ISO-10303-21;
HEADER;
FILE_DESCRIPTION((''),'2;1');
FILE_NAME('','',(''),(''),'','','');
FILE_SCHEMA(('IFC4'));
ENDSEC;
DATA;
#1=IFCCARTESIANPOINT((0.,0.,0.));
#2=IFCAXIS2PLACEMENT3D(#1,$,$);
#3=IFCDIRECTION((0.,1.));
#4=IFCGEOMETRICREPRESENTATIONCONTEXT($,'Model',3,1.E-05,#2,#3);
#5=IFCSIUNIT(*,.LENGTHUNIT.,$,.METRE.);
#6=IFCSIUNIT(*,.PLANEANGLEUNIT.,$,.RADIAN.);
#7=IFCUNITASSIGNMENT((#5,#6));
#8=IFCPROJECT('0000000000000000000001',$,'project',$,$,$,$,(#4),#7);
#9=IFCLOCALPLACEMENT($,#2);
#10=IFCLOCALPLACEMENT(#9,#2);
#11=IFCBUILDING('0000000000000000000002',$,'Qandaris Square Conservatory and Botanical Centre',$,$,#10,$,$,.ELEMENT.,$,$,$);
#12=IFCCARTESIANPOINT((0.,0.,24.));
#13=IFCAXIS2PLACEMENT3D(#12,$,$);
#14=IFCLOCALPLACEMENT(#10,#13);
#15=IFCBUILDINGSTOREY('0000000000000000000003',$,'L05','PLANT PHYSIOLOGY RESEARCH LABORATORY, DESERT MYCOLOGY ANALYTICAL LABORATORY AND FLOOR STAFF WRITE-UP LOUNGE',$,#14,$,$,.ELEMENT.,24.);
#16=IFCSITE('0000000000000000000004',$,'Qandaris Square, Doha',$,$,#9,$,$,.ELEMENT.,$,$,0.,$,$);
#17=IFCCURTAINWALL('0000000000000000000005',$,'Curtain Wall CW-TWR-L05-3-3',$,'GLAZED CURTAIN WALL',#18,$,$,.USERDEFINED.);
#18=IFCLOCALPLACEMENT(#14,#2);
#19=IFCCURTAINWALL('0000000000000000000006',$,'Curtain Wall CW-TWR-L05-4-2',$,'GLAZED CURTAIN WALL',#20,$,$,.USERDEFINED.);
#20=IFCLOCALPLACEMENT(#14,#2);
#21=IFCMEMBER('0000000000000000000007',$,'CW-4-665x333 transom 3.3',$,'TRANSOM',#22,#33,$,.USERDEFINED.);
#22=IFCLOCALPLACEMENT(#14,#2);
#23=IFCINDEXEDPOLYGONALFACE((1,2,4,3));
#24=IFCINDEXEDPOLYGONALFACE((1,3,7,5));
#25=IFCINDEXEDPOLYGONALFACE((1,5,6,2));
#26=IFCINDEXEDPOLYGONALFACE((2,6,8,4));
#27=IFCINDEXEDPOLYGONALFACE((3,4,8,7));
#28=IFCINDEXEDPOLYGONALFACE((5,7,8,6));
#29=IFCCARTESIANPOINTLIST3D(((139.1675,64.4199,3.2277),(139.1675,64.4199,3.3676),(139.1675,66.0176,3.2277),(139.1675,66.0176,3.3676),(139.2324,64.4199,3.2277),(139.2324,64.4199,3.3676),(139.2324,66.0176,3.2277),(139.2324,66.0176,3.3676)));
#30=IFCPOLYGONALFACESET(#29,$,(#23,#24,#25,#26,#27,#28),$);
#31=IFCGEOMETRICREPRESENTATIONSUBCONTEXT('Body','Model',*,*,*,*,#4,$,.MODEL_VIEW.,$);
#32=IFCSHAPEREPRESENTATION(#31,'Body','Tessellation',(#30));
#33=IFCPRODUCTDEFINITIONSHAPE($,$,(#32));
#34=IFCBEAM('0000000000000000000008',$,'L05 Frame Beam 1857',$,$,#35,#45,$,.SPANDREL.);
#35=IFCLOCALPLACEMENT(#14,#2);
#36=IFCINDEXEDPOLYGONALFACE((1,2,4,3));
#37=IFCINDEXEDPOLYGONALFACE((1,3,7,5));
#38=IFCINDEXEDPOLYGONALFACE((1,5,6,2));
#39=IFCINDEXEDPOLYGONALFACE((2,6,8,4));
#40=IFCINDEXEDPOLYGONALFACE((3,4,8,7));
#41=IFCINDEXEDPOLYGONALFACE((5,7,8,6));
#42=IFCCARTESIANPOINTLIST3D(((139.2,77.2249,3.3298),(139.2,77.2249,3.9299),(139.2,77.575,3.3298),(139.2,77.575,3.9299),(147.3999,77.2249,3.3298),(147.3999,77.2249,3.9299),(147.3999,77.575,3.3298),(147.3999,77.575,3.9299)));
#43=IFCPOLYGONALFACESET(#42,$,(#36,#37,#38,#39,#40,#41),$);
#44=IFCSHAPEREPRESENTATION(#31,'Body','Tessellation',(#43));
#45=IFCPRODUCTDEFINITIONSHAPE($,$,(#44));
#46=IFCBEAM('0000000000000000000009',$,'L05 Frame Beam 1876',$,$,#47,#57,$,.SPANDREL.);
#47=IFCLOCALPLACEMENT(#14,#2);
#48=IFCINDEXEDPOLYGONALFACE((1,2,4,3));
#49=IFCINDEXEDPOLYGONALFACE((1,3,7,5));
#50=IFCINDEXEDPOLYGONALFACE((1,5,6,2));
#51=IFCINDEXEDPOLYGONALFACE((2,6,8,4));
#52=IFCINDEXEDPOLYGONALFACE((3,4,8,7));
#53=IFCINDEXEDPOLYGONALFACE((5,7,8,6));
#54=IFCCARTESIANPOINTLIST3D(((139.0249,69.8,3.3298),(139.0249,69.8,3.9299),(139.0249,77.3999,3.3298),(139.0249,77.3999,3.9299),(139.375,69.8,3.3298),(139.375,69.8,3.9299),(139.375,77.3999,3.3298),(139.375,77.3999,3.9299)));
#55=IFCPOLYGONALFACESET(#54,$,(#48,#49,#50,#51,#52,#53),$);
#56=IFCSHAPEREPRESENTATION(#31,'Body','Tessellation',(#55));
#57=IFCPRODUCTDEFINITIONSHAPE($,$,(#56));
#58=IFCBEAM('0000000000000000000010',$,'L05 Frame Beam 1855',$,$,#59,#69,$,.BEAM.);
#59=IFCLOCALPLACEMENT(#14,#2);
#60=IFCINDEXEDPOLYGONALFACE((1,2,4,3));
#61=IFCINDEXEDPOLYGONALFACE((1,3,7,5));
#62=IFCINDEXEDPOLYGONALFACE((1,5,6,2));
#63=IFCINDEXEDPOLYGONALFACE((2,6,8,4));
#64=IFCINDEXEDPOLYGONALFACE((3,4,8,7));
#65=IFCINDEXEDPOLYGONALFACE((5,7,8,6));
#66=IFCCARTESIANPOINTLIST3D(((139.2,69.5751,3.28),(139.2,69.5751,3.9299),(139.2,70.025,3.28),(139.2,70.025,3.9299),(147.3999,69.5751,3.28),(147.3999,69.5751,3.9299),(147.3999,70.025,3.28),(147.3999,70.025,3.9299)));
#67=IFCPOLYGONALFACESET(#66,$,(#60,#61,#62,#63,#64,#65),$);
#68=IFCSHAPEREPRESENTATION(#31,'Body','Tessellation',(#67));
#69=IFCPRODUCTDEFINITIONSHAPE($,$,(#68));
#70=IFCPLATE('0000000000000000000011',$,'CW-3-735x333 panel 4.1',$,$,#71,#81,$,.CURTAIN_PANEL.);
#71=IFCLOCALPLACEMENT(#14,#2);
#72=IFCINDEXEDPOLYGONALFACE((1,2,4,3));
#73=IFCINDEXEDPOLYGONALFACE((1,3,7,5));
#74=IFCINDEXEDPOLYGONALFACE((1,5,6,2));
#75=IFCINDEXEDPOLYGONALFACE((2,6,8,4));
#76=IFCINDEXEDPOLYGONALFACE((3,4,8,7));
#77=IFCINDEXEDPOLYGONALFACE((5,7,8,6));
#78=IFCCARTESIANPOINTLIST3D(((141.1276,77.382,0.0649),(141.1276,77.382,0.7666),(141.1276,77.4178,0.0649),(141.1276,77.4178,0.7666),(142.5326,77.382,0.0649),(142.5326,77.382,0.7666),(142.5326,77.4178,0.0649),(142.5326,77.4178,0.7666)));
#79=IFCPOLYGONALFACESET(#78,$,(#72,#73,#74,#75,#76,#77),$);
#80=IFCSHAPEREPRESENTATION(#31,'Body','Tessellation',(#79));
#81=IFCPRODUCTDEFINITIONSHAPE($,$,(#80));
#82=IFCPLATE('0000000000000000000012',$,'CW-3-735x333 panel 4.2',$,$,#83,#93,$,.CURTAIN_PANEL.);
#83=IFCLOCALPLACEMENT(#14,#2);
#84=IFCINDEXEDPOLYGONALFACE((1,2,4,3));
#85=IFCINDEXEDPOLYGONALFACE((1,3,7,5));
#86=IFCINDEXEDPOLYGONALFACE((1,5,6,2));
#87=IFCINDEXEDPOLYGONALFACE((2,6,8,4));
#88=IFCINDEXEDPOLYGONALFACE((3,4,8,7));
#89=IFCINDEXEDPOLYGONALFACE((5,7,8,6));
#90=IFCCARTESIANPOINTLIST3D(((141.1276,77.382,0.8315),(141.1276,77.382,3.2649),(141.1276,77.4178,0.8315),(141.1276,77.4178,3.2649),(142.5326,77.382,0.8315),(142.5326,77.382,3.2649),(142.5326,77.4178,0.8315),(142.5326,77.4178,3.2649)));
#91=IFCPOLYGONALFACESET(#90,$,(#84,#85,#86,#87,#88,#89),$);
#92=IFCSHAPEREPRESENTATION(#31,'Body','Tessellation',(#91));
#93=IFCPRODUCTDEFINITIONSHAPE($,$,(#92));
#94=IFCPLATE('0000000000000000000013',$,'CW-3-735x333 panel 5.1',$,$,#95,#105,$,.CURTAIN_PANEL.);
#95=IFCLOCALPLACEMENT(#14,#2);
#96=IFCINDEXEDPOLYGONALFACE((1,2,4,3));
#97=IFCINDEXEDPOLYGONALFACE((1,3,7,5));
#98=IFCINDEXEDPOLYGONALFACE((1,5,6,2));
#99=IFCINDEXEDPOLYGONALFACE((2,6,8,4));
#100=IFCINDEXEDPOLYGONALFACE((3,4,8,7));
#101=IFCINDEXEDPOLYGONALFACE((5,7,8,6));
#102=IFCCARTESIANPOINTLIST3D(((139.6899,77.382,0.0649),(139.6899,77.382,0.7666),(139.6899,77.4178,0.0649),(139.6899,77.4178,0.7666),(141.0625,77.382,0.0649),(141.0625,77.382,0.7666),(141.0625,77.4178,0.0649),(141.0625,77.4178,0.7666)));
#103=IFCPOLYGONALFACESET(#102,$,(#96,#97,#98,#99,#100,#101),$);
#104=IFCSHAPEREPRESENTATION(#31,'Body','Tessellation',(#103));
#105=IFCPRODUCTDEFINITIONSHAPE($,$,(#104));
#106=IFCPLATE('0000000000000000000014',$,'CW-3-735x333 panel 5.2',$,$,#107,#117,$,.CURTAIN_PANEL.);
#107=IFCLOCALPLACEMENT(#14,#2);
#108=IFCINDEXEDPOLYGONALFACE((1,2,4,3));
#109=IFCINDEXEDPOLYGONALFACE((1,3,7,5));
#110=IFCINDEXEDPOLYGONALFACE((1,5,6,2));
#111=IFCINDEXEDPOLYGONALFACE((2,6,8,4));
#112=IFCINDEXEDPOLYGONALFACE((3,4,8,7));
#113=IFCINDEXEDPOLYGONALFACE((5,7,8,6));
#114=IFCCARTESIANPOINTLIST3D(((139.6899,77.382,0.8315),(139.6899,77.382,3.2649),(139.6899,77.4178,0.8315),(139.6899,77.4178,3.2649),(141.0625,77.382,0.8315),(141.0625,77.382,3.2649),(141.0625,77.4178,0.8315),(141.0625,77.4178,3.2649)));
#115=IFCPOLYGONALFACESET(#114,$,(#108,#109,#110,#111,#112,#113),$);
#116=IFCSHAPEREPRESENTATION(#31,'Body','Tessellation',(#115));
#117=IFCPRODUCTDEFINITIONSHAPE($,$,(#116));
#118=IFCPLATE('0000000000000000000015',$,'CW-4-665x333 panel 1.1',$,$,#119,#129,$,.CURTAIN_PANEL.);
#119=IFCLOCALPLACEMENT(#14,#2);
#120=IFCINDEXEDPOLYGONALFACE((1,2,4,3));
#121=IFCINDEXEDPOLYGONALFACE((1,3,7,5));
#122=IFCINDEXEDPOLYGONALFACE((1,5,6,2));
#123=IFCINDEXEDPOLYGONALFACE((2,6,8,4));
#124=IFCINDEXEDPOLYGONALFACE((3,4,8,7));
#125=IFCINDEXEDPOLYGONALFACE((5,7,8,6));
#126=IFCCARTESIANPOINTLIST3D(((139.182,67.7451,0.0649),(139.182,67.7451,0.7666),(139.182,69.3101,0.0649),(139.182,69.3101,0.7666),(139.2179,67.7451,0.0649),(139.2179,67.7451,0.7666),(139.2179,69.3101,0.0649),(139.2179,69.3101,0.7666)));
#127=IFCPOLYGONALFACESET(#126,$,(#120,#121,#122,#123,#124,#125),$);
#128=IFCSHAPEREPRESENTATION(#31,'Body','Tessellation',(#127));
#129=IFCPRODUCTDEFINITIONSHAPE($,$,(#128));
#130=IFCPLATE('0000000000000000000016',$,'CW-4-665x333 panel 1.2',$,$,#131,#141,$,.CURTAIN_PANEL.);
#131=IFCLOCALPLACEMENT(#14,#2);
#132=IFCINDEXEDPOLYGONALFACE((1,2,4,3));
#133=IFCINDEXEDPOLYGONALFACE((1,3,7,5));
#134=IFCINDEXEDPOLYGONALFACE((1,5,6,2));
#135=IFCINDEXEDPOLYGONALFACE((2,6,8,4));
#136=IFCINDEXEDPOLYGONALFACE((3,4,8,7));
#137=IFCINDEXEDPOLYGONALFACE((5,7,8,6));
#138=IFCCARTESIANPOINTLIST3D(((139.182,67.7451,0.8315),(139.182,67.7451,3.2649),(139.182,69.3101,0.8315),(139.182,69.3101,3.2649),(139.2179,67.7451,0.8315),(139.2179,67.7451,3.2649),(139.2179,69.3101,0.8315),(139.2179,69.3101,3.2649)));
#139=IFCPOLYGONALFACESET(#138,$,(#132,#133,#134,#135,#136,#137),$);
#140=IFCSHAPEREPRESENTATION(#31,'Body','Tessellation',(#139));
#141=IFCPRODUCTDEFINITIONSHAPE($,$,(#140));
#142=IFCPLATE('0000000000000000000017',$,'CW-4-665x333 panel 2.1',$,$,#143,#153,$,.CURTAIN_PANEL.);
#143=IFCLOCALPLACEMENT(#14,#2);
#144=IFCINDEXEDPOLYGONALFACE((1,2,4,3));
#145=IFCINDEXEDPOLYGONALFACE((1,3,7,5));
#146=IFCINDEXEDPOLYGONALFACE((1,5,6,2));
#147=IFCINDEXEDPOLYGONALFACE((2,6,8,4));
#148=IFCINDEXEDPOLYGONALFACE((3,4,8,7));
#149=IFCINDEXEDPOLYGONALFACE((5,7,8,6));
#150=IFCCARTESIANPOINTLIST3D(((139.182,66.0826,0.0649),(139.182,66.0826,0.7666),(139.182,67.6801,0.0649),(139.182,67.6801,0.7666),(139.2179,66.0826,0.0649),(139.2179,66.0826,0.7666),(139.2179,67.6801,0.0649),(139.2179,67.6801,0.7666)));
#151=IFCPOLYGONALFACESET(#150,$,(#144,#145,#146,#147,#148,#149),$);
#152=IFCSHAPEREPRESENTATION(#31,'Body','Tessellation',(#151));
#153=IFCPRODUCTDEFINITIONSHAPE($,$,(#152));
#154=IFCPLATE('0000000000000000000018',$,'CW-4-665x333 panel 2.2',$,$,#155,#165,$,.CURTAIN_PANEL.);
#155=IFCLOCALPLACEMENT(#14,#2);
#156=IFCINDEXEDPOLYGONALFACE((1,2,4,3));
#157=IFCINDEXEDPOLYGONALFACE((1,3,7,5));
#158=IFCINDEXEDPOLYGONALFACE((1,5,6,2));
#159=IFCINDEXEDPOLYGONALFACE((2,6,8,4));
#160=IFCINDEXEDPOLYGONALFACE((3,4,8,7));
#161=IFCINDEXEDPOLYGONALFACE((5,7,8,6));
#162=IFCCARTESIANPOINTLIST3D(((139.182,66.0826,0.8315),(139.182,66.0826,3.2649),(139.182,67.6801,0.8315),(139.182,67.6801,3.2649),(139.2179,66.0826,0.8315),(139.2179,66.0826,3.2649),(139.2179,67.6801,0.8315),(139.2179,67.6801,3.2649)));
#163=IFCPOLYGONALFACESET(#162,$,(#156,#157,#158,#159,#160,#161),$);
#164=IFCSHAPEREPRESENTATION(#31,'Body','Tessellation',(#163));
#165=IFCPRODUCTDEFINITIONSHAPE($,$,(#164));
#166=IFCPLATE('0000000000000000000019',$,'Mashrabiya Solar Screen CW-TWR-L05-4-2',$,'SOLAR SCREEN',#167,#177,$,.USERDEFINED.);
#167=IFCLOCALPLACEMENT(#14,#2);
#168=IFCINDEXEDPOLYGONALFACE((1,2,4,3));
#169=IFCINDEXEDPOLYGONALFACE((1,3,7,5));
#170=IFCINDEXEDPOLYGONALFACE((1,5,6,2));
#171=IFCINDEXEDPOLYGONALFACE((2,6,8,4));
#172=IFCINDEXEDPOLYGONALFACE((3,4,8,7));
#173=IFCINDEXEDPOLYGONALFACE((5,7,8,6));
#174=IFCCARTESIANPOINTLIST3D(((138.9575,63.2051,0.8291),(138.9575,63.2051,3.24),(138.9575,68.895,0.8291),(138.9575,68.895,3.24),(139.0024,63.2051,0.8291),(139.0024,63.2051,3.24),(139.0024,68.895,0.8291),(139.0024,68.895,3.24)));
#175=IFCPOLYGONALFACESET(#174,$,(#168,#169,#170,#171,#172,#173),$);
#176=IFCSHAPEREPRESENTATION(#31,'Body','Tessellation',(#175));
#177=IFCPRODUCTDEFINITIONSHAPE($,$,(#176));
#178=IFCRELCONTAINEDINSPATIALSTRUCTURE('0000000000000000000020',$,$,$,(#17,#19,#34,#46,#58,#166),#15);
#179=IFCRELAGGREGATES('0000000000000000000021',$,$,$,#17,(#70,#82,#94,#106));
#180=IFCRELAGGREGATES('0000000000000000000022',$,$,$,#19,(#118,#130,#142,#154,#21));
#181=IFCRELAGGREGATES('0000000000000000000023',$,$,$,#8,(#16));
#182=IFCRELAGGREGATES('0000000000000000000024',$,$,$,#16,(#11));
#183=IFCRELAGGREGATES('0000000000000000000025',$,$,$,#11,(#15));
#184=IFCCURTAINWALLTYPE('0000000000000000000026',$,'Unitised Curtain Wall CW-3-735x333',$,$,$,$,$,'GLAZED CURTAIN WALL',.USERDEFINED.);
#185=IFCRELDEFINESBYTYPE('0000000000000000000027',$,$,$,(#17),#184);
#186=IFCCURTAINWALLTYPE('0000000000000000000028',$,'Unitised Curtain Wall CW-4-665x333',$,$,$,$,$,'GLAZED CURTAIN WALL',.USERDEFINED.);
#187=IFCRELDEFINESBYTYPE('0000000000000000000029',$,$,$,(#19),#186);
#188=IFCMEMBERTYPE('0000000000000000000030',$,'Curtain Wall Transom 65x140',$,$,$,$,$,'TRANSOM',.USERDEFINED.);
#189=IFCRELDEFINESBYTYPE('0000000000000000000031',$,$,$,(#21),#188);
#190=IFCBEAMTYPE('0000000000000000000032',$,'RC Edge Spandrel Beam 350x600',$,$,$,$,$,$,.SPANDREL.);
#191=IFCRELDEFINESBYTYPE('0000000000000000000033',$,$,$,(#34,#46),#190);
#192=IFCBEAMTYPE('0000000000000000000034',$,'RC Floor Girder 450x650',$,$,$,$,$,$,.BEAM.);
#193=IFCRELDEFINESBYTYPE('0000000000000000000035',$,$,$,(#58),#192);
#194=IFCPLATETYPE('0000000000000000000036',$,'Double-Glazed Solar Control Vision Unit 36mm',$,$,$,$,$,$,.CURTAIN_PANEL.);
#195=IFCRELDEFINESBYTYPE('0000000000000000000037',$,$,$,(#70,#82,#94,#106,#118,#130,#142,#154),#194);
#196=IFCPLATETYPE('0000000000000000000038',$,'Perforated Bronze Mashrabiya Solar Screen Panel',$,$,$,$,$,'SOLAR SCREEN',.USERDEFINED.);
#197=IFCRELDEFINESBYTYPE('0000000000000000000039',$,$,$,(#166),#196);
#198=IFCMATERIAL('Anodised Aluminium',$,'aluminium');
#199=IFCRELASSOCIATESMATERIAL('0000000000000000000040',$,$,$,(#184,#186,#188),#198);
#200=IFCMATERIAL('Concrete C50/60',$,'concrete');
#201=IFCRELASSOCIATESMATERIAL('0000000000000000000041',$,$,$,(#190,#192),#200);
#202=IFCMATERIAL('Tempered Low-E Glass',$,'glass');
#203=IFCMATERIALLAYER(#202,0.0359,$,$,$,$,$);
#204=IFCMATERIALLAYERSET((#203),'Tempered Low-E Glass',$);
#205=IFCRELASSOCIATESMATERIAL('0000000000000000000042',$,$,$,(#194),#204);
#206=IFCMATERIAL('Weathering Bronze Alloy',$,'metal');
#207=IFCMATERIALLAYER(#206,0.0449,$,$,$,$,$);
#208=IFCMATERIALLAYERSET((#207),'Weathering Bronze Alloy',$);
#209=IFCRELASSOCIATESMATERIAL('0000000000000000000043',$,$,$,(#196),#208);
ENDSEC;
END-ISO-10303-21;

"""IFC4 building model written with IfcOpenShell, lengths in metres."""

from ifc_helpers import new_model, si_unit, direction, frame, origin, origin_2d, place, context, subcontext, project, spatial, rectangle, extrude, material, layer, layer_set, material_profile, profile_set, type_object, element, aggregate, save


model = new_model("IFC4")

# Units and contexts
model_context = context("Model", 3, precision=1e-05, world=origin(), true_north=direction((0.0, 1.0)))
body_context = subcontext(model_context, "Body", "Model", "MODEL_VIEW")
ifc_project = project(units=[si_unit("LENGTHUNIT", "METRE"), si_unit("PLANEANGLEUNIT", "RADIAN")], contexts=[model_context])

# Site, building, storey
site_placement = place(None, origin())
site = spatial("IfcSite", under=ifc_project, at=site_placement, Name="Qandaris Square, Doha", CompositionType="ELEMENT", RefElevation=0.0)
building_placement = place(site_placement, origin())
building = spatial("IfcBuilding", under=site, at=building_placement, Name="Qandaris Square Conservatory and Botanical Centre", CompositionType="ELEMENT")
storey_placement = place(building_placement, frame((0.0, 0.0, 24.0)))
storey = spatial("IfcBuildingStorey", under=building, at=storey_placement, Name="L05", Description="PLANT PHYSIOLOGY RESEARCH LABORATORY, DESERT MYCOLOGY ANALYTICAL LABORATORY AND FLOOR STAFF WRITE-UP LOUNGE", CompositionType="ELEMENT", Elevation=24.0)

# Shared definitions
ifc_material_1 = material(Name="Concrete C50/60", Category="concrete")

# Curtain walls
ifc_material_2 = material(Name="Anodised Aluminium", Category="aluminium")
curtain_wall_type_1 = type_object("IfcCurtainWallType", Name="Unitised Curtain Wall CW-3-735x333", ElementType="GLAZED CURTAIN WALL", PredefinedType="USERDEFINED", material=ifc_material_2)
curtain_wall_1_placement = place(storey_placement, origin())
curtain_wall_1 = element("IfcCurtainWall", 1, at=curtain_wall_1_placement, inside=storey, type_object=curtain_wall_type_1, Name="Curtain Wall CW-TWR-L05-3-3", ObjectType="GLAZED CURTAIN WALL", PredefinedType="USERDEFINED")
curtain_wall_type_2 = type_object("IfcCurtainWallType", Name="Unitised Curtain Wall CW-4-665x333", ElementType="GLAZED CURTAIN WALL", PredefinedType="USERDEFINED", material=ifc_material_2)
curtain_wall_2_placement = place(storey_placement, origin())
curtain_wall_2 = element("IfcCurtainWall", 2, at=curtain_wall_2_placement, inside=storey, type_object=curtain_wall_type_2, Name="Curtain Wall CW-TWR-L05-4-2", ObjectType="GLAZED CURTAIN WALL", PredefinedType="USERDEFINED")

# Member
ifc_material_profile_1 = material_profile(ifc_material_2, rectangle(XDim=0.0649, YDim=0.1399, at=origin_2d()), Name="ALU-TRN 65x140")
ifc_profile_set_1 = profile_set([ifc_material_profile_1], Name="Anodised Aluminium")
member_type_1 = type_object("IfcMemberType", Name="Curtain Wall Transom 65x140", ElementType="TRANSOM", PredefinedType="USERDEFINED", material=ifc_profile_set_1)
member_1_placement = place(storey_placement, frame((139.2, 66.0176, 3.2976), z_axis=(0.0, -1.0, 0.0), x_axis=(1.0, 0.0, 0.0)))
member_1 = element("IfcMember", 3, at=member_1_placement, type_object=member_type_1, Name="CW-4-665x333 transom 3.3", ObjectType="TRANSOM", PredefinedType="USERDEFINED", context=body_context, shape_type="SweptSolid", body=[
    extrude(rectangle(XDim=0.0649, YDim=0.1399, at=origin_2d()), origin(), (0.0, 0.0, 1.0), 1.5977),
])

# Beams
ifc_material_profile_2 = material_profile(ifc_material_1, rectangle(XDim=0.3501, YDim=0.6001, at=origin_2d()), Name="RC-SP 350x600")
ifc_profile_set_2 = profile_set([ifc_material_profile_2], Name="Concrete C50/60")
beam_type_1 = type_object("IfcBeamType", Name="RC Edge Spandrel Beam 350x600", PredefinedType="SPANDREL", material=ifc_profile_set_2)
beam_1_placement = place(storey_placement, frame((139.2, 77.3999, 3.6299), z_axis=(1.0, 0.0, 0.0), x_axis=(0.0, 1.0, 0.0)))
element("IfcBeam", 4, at=beam_1_placement, inside=storey, type_object=beam_type_1, Name="L05 Frame Beam 1857", PredefinedType="SPANDREL", context=body_context, shape_type="SweptSolid", body=[
    extrude(rectangle(XDim=0.3501, YDim=0.6001, at=origin_2d()), origin(), (0.0, 0.0, 1.0), 8.2),
])
beam_2_placement = place(storey_placement, frame((139.2, 69.8, 3.6299), z_axis=(0.0, 1.0, 0.0), x_axis=(-1.0, 0.0, 0.0)))
element("IfcBeam", 5, at=beam_2_placement, inside=storey, type_object=beam_type_1, Name="L05 Frame Beam 1876", PredefinedType="SPANDREL", context=body_context, shape_type="SweptSolid", body=[
    extrude(rectangle(XDim=0.3501, YDim=0.6001, at=origin_2d()), origin(), (0.0, 0.0, 1.0), 7.5999),
])
ifc_material_profile_3 = material_profile(ifc_material_1, rectangle(XDim=0.45, YDim=0.6499, at=origin_2d()), Name="RC-BM 450x650")
ifc_profile_set_3 = profile_set([ifc_material_profile_3], Name="Concrete C50/60")
beam_type_2 = type_object("IfcBeamType", Name="RC Floor Girder 450x650", PredefinedType="BEAM", material=ifc_profile_set_3)
beam_3_placement = place(storey_placement, frame((139.2, 69.8, 3.605), z_axis=(1.0, 0.0, 0.0), x_axis=(0.0, 1.0, 0.0)))
element("IfcBeam", 6, at=beam_3_placement, inside=storey, type_object=beam_type_2, Name="L05 Frame Beam 1855", PredefinedType="BEAM", context=body_context, shape_type="SweptSolid", body=[
    extrude(rectangle(XDim=0.45, YDim=0.6499, at=origin_2d()), origin(), (0.0, 0.0, 1.0), 8.2),
])

# Plates
ifc_material_3 = material(Name="Tempered Low-E Glass", Category="glass")
ifc_layer_1 = layer(ifc_material_3, 0.0359)
ifc_layer_set_1 = layer_set([ifc_layer_1], Name="Tempered Low-E Glass")
plate_type_1 = type_object("IfcPlateType", Name="Double-Glazed Solar Control Vision Unit 36mm", PredefinedType="CURTAIN_PANEL", material=ifc_layer_set_1)
plate_1_placement = place(storey_placement, frame((141.8301, 77.3999, 0.0649), z_axis=(0.0, 0.0, 1.0), x_axis=(-1.0, 0.0, 0.0)))
plate_1 = element("IfcPlate", 7, at=plate_1_placement, type_object=plate_type_1, Name="CW-3-735x333 panel 4.1", PredefinedType="CURTAIN_PANEL", context=body_context, shape_type="SweptSolid", body=[
    extrude(rectangle(XDim=1.405, YDim=0.0359, at=origin_2d()), origin(), (0.0, 0.0, 1.0), 0.7017),
])
plate_2_placement = place(storey_placement, frame((141.8301, 77.3999, 0.8315), z_axis=(0.0, 0.0, 1.0), x_axis=(-1.0, 0.0, 0.0)))
plate_2 = element("IfcPlate", 8, at=plate_2_placement, type_object=plate_type_1, Name="CW-3-735x333 panel 4.2", PredefinedType="CURTAIN_PANEL", context=body_context, shape_type="SweptSolid", body=[
    extrude(rectangle(XDim=1.405, YDim=0.0359, at=origin_2d()), origin(), (0.0, 0.0, 1.0), 2.4333),
])
plate_3_placement = place(storey_placement, frame((140.3762, 77.3999, 0.0649), z_axis=(0.0, 0.0, 1.0), x_axis=(-1.0, 0.0, 0.0)))
plate_3 = element("IfcPlate", 9, at=plate_3_placement, type_object=plate_type_1, Name="CW-3-735x333 panel 5.1", PredefinedType="CURTAIN_PANEL", context=body_context, shape_type="SweptSolid", body=[
    extrude(rectangle(XDim=1.3726, YDim=0.0359, at=origin_2d()), origin(), (0.0, 0.0, 1.0), 0.7017),
])
plate_4_placement = place(storey_placement, frame((140.3762, 77.3999, 0.8315), z_axis=(0.0, 0.0, 1.0), x_axis=(-1.0, 0.0, 0.0)))
plate_4 = element("IfcPlate", 10, at=plate_4_placement, type_object=plate_type_1, Name="CW-3-735x333 panel 5.2", PredefinedType="CURTAIN_PANEL", context=body_context, shape_type="SweptSolid", body=[
    extrude(rectangle(XDim=1.3726, YDim=0.0359, at=origin_2d()), origin(), (0.0, 0.0, 1.0), 2.4333),
])
aggregate(curtain_wall_1, [plate_1, plate_2, plate_3, plate_4])
plate_5_placement = place(storey_placement, frame((139.2, 68.5276, 0.0649), z_axis=(0.0, 0.0, 1.0), x_axis=(0.0, -1.0, 0.0)))
plate_5 = element("IfcPlate", 11, at=plate_5_placement, type_object=plate_type_1, Name="CW-4-665x333 panel 1.1", PredefinedType="CURTAIN_PANEL", context=body_context, shape_type="SweptSolid", body=[
    extrude(rectangle(XDim=1.5649, YDim=0.0359, at=origin_2d()), origin(), (0.0, 0.0, 1.0), 0.7017),
])
plate_6_placement = place(storey_placement, frame((139.2, 68.5276, 0.8315), z_axis=(0.0, 0.0, 1.0), x_axis=(0.0, -1.0, 0.0)))
plate_6 = element("IfcPlate", 12, at=plate_6_placement, type_object=plate_type_1, Name="CW-4-665x333 panel 1.2", PredefinedType="CURTAIN_PANEL", context=body_context, shape_type="SweptSolid", body=[
    extrude(rectangle(XDim=1.5649, YDim=0.0359, at=origin_2d()), origin(), (0.0, 0.0, 1.0), 2.4333),
])
plate_7_placement = place(storey_placement, frame((139.2, 66.8813, 0.0649), z_axis=(0.0, 0.0, 1.0), x_axis=(0.0, -1.0, 0.0)))
plate_7 = element("IfcPlate", 13, at=plate_7_placement, type_object=plate_type_1, Name="CW-4-665x333 panel 2.1", PredefinedType="CURTAIN_PANEL", context=body_context, shape_type="SweptSolid", body=[
    extrude(rectangle(XDim=1.5974, YDim=0.0359, at=origin_2d()), origin(), (0.0, 0.0, 1.0), 0.7017),
])
plate_8_placement = place(storey_placement, frame((139.2, 66.8813, 0.8315), z_axis=(0.0, 0.0, 1.0), x_axis=(0.0, -1.0, 0.0)))
plate_8 = element("IfcPlate", 14, at=plate_8_placement, type_object=plate_type_1, Name="CW-4-665x333 panel 2.2", PredefinedType="CURTAIN_PANEL", context=body_context, shape_type="SweptSolid", body=[
    extrude(rectangle(XDim=1.5974, YDim=0.0359, at=origin_2d()), origin(), (0.0, 0.0, 1.0), 2.4333),
])
aggregate(curtain_wall_2, [plate_5, plate_6, plate_7, plate_8, member_1])
ifc_material_4 = material(Name="Weathering Bronze Alloy", Category="metal")
ifc_layer_2 = layer(ifc_material_4, 0.0449)
ifc_layer_set_2 = layer_set([ifc_layer_2], Name="Weathering Bronze Alloy")
plate_type_2 = type_object("IfcPlateType", Name="Perforated Bronze Mashrabiya Solar Screen Panel", ElementType="SOLAR SCREEN", PredefinedType="USERDEFINED", material=ifc_layer_set_2)
plate_9_placement = place(storey_placement, frame((138.98, 66.05, 0.8291), z_axis=(0.0, 0.0, 1.0), x_axis=(0.0, -1.0, 0.0)))
element("IfcPlate", 15, at=plate_9_placement, inside=storey, type_object=plate_type_2, Name="Mashrabiya Solar Screen CW-TWR-L05-4-2", ObjectType="SOLAR SCREEN", PredefinedType="USERDEFINED", context=body_context, shape_type="SweptSolid", body=[
    extrude(rectangle(XDim=5.6899, YDim=0.0449, at=origin_2d()), origin(), (0.0, 0.0, 1.0), 2.4109),
])

save(model, "model.ifc")
